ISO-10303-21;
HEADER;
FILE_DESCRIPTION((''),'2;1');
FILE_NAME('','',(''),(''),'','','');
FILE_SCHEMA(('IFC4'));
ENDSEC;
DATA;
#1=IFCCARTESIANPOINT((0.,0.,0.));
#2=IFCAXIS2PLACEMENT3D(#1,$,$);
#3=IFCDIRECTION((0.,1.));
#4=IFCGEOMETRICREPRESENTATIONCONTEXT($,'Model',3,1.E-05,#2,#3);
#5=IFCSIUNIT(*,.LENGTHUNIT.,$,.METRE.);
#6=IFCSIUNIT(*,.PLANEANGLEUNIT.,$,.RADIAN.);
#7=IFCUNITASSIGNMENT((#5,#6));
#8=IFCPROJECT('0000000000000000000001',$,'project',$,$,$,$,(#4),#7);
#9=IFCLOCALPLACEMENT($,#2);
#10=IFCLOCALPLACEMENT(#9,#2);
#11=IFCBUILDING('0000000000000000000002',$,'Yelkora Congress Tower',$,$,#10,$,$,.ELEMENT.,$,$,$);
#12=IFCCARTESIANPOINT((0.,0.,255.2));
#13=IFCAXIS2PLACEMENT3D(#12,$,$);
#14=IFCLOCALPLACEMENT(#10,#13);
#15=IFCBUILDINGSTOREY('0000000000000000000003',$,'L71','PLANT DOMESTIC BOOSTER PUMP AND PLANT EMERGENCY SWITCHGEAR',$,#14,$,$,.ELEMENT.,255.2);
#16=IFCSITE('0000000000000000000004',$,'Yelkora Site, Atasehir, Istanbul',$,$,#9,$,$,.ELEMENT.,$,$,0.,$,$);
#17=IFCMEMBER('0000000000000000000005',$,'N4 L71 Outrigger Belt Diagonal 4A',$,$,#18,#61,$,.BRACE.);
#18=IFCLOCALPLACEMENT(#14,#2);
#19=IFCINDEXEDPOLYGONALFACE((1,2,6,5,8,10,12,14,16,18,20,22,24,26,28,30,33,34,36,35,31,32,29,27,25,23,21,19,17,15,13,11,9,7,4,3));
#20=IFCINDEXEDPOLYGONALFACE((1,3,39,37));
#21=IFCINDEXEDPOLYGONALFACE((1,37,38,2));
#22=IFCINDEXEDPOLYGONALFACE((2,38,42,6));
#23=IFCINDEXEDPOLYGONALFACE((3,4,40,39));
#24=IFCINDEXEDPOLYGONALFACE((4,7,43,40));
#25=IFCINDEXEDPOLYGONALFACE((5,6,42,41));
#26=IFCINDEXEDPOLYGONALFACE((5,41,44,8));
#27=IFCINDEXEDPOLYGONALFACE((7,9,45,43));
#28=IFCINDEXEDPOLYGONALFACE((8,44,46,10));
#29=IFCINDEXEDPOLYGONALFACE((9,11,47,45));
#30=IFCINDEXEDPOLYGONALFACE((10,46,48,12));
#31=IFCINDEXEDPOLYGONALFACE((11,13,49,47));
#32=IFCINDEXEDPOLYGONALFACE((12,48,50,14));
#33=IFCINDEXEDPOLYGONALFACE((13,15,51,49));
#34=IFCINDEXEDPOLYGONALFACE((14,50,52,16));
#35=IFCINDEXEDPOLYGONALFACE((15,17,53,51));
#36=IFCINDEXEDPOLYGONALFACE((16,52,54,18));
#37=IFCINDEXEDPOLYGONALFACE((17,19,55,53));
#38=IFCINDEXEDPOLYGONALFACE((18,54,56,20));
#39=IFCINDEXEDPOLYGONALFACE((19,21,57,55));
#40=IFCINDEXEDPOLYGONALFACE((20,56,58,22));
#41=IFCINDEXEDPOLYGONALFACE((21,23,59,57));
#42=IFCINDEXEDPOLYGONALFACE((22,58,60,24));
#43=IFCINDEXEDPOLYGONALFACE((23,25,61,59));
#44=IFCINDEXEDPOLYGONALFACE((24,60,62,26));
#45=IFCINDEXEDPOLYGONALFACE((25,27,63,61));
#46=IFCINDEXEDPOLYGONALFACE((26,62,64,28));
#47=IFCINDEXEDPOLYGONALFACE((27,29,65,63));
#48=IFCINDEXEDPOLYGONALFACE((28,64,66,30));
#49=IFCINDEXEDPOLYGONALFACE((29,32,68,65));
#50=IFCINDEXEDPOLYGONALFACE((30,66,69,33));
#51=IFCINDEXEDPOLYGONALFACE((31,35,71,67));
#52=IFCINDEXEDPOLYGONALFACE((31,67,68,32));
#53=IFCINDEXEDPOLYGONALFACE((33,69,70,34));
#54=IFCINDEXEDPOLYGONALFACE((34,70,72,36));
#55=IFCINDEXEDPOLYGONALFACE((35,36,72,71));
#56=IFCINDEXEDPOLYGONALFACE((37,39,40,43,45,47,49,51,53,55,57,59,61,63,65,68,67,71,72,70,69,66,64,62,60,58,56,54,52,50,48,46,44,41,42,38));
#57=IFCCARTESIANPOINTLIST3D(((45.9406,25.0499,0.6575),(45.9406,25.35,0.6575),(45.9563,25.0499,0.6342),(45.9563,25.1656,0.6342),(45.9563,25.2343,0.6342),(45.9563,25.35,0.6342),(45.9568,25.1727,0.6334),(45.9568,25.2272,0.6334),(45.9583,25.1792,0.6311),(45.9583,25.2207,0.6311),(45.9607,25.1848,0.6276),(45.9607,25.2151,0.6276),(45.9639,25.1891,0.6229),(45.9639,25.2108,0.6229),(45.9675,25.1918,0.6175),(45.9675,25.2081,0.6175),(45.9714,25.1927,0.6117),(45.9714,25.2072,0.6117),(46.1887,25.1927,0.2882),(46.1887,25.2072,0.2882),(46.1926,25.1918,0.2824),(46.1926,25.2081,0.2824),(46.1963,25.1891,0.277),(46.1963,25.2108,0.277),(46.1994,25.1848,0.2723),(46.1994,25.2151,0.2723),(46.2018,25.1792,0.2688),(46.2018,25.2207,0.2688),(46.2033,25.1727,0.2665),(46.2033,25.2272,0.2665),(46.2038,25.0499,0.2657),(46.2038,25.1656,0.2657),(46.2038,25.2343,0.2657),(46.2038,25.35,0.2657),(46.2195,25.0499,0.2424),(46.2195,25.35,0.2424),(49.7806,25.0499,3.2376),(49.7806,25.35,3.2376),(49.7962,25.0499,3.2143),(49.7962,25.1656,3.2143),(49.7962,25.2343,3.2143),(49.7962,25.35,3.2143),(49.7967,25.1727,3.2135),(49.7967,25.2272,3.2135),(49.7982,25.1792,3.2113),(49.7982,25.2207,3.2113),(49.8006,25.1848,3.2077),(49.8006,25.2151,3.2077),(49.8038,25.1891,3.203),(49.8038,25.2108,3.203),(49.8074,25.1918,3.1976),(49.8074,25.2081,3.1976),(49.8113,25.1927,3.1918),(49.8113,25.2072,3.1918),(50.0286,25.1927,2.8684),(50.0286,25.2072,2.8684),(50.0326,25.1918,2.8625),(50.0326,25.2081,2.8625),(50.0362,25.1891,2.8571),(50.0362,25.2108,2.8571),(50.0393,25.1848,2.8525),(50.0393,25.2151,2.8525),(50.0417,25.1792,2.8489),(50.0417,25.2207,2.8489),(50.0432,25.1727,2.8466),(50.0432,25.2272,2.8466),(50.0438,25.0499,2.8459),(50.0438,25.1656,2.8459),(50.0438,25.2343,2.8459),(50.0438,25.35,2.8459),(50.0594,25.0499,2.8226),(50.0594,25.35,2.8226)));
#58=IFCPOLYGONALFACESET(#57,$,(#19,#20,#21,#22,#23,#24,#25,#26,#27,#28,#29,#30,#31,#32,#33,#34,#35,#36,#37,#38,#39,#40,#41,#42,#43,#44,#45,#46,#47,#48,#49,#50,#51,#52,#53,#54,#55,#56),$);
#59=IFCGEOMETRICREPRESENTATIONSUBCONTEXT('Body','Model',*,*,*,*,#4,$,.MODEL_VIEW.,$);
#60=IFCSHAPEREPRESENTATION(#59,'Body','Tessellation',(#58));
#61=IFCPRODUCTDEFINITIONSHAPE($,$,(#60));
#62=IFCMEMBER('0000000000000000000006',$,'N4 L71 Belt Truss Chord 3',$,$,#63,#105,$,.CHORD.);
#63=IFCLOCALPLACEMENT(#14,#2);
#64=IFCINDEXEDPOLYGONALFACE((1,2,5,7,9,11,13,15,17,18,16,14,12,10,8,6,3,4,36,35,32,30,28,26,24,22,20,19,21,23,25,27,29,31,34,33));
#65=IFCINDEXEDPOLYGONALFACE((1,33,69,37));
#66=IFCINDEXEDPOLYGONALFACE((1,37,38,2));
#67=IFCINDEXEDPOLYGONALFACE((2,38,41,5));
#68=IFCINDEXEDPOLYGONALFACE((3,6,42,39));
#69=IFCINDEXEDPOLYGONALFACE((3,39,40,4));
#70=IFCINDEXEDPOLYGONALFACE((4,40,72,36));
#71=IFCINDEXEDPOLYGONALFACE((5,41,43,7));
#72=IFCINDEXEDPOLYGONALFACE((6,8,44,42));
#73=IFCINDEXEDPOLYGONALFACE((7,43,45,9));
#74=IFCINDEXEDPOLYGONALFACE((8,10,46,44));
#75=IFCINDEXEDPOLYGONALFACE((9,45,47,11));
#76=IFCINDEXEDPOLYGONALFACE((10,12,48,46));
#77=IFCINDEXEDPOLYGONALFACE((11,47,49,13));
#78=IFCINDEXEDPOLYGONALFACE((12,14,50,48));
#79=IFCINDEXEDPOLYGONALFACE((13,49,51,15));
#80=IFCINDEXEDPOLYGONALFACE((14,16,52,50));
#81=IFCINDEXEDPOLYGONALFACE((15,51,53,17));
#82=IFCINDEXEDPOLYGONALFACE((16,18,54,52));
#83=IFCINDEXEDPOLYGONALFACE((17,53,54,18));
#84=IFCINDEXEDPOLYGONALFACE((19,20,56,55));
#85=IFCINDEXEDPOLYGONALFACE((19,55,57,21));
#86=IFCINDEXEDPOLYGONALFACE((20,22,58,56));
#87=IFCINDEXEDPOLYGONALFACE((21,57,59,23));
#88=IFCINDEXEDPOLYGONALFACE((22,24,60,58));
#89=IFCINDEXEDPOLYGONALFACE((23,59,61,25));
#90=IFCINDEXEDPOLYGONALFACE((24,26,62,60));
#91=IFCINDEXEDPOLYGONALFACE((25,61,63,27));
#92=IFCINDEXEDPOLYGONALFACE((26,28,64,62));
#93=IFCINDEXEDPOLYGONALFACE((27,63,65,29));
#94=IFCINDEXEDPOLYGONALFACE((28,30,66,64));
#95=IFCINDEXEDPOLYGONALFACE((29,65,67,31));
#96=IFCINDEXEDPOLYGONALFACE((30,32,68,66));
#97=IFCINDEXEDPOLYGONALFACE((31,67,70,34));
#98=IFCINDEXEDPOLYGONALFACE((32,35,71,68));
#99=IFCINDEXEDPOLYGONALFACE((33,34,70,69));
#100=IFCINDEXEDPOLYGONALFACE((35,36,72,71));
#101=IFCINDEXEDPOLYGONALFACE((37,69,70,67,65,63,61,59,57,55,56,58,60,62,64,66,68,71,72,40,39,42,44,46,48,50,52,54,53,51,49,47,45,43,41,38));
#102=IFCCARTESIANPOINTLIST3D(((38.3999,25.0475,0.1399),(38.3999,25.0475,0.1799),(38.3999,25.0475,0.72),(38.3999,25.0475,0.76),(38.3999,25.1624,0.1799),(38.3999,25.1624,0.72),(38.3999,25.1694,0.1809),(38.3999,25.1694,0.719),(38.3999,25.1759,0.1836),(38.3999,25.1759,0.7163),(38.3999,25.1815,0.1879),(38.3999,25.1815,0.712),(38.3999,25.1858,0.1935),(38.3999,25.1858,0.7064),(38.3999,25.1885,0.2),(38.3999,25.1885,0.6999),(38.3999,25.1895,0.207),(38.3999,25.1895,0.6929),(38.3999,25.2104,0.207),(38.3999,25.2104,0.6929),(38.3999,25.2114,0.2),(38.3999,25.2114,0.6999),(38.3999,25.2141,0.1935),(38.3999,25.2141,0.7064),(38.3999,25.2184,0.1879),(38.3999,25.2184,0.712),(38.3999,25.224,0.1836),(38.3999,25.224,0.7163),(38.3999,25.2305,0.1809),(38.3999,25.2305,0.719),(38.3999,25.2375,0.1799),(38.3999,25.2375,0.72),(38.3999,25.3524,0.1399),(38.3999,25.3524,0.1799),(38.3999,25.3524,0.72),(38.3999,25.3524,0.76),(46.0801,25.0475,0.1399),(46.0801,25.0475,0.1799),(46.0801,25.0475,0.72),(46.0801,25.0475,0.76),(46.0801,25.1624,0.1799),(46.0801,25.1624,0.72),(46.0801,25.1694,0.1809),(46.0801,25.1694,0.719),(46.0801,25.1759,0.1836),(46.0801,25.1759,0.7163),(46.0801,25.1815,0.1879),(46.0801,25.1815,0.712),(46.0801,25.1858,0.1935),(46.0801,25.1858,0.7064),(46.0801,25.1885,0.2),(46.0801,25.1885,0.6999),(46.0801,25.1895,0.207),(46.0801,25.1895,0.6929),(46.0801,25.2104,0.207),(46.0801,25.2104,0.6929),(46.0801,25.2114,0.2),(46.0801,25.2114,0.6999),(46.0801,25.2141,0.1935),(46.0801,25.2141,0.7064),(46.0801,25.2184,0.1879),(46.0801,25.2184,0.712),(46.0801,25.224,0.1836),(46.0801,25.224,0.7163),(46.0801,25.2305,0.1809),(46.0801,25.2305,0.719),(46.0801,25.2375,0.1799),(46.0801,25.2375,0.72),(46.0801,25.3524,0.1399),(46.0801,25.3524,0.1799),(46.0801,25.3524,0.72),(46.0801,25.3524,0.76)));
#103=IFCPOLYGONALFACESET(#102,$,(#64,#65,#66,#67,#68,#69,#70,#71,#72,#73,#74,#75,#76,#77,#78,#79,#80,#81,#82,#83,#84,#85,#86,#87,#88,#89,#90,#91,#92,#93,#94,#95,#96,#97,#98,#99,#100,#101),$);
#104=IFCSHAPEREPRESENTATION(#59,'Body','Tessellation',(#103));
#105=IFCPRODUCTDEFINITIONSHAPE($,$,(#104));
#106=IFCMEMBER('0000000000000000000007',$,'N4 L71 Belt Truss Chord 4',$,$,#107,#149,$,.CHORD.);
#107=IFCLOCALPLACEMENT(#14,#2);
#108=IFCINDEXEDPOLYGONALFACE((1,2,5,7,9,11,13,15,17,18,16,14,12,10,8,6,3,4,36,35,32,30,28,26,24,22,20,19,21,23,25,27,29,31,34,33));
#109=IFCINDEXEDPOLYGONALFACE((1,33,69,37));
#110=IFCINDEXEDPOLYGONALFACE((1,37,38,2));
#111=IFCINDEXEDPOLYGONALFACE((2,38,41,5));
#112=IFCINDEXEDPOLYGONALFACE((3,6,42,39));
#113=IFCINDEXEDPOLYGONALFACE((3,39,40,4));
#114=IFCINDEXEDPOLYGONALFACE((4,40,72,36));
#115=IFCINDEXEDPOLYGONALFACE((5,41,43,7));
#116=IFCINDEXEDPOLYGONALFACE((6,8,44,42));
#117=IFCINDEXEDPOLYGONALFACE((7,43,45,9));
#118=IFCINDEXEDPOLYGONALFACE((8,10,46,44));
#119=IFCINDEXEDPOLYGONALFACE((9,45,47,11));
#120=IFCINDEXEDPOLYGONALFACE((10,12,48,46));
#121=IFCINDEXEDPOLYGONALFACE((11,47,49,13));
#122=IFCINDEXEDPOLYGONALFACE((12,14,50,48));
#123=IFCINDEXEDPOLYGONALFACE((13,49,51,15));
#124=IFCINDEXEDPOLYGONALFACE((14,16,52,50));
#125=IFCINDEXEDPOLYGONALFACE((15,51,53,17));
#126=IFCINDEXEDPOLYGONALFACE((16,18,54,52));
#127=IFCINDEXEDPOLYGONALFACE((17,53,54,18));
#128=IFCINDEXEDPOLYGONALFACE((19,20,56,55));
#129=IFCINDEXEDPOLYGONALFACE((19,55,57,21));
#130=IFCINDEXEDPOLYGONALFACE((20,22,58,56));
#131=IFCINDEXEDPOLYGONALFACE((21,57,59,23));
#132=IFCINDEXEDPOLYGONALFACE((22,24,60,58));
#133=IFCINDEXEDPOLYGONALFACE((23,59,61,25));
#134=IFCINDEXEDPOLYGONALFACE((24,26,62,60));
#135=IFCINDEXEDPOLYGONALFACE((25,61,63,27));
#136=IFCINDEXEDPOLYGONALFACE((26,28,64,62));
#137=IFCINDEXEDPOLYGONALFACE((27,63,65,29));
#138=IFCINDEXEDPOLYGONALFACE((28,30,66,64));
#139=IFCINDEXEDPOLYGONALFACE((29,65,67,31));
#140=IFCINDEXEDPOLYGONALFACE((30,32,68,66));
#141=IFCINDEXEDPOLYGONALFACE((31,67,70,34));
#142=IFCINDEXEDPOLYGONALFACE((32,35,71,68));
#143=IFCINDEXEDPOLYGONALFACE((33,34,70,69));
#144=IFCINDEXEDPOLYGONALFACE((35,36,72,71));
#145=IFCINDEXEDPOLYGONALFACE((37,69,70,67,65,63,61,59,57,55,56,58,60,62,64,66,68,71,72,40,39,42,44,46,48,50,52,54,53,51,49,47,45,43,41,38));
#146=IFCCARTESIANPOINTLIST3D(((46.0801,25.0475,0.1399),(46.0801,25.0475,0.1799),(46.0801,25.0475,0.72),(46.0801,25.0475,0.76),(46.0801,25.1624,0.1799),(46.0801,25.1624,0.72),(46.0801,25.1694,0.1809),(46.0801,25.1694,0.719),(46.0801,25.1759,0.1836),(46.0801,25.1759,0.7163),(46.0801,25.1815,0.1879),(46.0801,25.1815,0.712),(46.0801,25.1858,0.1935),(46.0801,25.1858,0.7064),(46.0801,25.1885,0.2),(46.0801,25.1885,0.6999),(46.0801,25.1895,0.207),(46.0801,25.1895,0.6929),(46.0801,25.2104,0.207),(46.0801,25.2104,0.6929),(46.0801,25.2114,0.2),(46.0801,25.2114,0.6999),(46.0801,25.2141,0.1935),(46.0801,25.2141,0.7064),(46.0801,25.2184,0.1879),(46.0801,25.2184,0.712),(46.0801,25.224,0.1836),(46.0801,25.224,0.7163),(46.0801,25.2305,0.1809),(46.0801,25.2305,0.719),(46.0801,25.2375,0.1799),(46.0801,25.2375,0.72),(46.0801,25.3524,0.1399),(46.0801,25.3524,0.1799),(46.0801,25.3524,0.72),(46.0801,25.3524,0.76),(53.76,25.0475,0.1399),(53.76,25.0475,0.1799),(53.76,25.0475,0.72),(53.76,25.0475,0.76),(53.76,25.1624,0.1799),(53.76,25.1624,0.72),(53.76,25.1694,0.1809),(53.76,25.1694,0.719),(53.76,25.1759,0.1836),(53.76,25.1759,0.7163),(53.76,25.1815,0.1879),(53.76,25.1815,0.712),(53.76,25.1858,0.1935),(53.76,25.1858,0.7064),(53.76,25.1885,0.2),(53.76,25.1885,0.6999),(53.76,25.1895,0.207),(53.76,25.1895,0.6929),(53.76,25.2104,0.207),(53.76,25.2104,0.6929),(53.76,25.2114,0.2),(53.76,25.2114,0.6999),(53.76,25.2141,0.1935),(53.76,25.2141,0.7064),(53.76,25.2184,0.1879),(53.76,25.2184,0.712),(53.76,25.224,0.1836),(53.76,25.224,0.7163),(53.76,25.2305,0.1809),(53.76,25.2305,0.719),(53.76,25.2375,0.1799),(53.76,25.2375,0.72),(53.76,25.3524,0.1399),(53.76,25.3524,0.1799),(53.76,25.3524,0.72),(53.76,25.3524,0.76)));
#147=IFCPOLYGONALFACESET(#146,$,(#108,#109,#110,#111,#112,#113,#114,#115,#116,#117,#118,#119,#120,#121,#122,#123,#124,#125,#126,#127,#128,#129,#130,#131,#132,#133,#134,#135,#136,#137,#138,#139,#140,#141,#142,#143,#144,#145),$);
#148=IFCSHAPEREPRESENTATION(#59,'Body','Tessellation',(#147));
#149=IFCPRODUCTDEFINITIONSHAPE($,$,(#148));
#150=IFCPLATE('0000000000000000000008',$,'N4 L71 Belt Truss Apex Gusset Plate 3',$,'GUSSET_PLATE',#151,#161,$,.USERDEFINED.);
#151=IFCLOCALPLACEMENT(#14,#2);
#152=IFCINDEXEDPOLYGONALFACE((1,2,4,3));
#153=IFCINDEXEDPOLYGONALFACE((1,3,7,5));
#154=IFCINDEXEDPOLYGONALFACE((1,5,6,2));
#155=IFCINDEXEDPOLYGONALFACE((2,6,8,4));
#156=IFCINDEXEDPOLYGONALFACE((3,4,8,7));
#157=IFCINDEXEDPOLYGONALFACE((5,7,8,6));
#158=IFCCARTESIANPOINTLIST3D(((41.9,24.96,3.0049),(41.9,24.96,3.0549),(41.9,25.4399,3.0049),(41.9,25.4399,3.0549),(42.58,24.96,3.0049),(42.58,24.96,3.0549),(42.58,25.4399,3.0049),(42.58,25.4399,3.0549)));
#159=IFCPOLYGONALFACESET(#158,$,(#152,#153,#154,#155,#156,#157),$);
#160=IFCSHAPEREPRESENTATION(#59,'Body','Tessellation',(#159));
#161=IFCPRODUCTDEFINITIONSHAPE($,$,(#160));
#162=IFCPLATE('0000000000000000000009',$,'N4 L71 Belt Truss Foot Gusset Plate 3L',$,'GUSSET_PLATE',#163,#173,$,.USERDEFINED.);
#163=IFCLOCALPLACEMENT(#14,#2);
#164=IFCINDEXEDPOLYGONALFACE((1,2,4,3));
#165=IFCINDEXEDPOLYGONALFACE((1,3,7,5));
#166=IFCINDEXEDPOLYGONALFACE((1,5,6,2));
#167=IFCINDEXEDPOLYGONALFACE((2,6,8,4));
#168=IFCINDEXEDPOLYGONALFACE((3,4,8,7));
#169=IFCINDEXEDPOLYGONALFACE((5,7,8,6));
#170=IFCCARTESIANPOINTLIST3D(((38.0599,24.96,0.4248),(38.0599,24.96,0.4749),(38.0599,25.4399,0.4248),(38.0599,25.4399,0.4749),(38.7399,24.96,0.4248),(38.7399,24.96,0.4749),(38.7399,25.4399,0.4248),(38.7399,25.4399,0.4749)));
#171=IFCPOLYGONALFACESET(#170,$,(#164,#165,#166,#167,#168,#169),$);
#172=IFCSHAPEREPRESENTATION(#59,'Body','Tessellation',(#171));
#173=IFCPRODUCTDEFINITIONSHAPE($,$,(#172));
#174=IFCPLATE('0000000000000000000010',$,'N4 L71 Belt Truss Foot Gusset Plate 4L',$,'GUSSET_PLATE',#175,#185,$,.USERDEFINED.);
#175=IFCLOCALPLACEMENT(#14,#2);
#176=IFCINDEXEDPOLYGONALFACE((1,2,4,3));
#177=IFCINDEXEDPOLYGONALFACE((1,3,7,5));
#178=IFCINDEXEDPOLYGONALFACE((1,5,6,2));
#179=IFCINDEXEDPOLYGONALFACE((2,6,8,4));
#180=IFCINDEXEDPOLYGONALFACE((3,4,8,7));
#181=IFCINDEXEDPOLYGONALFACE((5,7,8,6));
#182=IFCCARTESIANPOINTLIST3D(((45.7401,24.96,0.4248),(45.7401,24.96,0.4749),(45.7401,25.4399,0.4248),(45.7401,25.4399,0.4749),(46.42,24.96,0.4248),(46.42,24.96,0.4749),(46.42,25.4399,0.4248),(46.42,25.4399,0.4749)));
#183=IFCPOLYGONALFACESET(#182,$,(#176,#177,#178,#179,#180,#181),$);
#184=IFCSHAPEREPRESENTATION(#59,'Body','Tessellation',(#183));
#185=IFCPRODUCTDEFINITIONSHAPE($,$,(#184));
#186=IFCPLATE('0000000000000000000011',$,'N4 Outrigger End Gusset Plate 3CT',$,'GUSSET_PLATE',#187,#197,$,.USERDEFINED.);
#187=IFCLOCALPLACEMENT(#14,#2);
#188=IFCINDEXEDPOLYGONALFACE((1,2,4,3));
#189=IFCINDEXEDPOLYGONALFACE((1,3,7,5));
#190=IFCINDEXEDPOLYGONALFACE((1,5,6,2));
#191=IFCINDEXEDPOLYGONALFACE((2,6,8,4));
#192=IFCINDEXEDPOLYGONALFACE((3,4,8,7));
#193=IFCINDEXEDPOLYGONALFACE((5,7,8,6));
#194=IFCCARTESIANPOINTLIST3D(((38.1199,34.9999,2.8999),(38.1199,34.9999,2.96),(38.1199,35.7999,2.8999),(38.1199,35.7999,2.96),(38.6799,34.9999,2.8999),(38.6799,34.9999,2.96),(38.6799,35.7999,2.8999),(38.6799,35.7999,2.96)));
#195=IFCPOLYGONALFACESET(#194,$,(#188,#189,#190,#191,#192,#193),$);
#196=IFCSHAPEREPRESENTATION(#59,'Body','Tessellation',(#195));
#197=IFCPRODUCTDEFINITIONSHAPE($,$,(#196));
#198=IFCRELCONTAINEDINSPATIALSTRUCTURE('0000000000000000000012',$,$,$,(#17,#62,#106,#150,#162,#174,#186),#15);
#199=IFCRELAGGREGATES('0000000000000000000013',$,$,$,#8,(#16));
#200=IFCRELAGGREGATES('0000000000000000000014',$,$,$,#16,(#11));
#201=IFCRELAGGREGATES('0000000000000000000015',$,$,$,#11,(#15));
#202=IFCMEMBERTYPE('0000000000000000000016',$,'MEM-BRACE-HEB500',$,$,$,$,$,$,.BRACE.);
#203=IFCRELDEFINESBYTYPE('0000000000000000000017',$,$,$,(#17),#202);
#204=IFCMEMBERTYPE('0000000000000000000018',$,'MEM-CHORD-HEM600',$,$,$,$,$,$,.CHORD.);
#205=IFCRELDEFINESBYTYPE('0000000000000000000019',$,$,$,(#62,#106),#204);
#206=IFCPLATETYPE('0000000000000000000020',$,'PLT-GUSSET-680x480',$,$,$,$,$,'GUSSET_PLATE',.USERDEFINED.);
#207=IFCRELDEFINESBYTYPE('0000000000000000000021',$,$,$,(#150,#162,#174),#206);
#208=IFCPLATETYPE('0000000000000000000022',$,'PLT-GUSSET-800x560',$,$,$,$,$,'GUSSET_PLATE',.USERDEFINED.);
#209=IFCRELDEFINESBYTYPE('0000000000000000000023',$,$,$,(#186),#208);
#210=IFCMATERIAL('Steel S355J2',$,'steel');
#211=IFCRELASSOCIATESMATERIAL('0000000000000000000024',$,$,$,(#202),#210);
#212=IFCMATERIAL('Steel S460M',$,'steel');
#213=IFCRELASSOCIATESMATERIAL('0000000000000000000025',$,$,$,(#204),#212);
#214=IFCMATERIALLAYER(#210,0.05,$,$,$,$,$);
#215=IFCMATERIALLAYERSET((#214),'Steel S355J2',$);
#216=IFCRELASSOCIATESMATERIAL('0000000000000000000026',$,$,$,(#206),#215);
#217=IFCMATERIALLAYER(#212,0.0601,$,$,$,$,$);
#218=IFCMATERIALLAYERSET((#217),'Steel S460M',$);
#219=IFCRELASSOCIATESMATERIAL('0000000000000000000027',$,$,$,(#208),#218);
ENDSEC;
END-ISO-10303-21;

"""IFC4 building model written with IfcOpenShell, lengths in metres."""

from ifc_helpers import new_model, si_unit, direction, frame, origin, origin_2d, place, context, subcontext, project, spatial, rectangle, i_section, extrude, material, layer, layer_set, material_profile, profile_set, type_object, element, save


model = new_model("IFC4")

# Units and contexts
model_context = context("Model", 3, precision=1e-05, world=origin(), true_north=direction((0.0, 1.0)))
body_context = subcontext(model_context, "Body", "Model", "MODEL_VIEW")
ifc_project = project(units=[si_unit("LENGTHUNIT", "METRE"), si_unit("PLANEANGLEUNIT", "RADIAN")], contexts=[model_context])

# Site, building, storey
site_placement = place(None, origin())
site = spatial("IfcSite", under=ifc_project, at=site_placement, Name="Yelkora Site, Atasehir, Istanbul", CompositionType="ELEMENT", RefElevation=0.0)
building_placement = place(site_placement, origin())
building = spatial("IfcBuilding", under=site, at=building_placement, Name="Yelkora Congress Tower", CompositionType="ELEMENT")
storey_placement = place(building_placement, frame((0.0, 0.0, 255.2)))
storey = spatial("IfcBuildingStorey", under=building, at=storey_placement, Name="L71", Description="PLANT DOMESTIC BOOSTER PUMP AND PLANT EMERGENCY SWITCHGEAR", CompositionType="ELEMENT", Elevation=255.2)

# Shared definitions
ifc_material_1 = material(Name="Steel S460M", Category="steel")

# Members
ifc_material_2 = material(Name="Steel S355J2", Category="steel")
ifc_material_profile_1 = material_profile(ifc_material_2, i_section(OverallWidth=0.3, OverallDepth=0.5, WebThickness=0.0144, FlangeThickness=0.0281, FilletRadius=0.0271, at=origin_2d()), Name="HEB 500")
ifc_profile_set_1 = profile_set([ifc_material_profile_1], Name="Steel S355J2")
member_type_1 = type_object("IfcMemberType", Name="MEM-BRACE-HEB500", PredefinedType="BRACE", material=ifc_profile_set_1)
member_1_placement = place(storey_placement, frame((46.0801, 25.2, 0.45), z_axis=(0.830031, 0.0, 0.557717), x_axis=(0.0, 1.0, 0.0)))
element("IfcMember", 1, at=member_1_placement, inside=storey, type_object=member_type_1, Name="N4 L71 Outrigger Belt Diagonal 4A", PredefinedType="BRACE", context=body_context, shape_type="SweptSolid", body=[
    extrude(i_section(OverallWidth=0.3, OverallDepth=0.5, WebThickness=0.0144, FlangeThickness=0.0281, FilletRadius=0.0271, at=origin_2d()), origin(), (0.0, 0.0, 1.0), 4.6262),
])
ifc_material_profile_2 = material_profile(ifc_material_1, i_section(OverallWidth=0.3049, OverallDepth=0.6201, WebThickness=0.021, FlangeThickness=0.04, FilletRadius=0.0271, at=origin_2d()), Name="HEM 600")
ifc_profile_set_2 = profile_set([ifc_material_profile_2], Name="Steel S460M")
member_type_2 = type_object("IfcMemberType", Name="MEM-CHORD-HEM600", PredefinedType="CHORD", material=ifc_profile_set_2)
member_2_placement = place(storey_placement, frame((38.3999, 25.2, 0.45), z_axis=(1.0, 0.0, 0.0), x_axis=(0.0, 1.0, 0.0)))
element("IfcMember", 2, at=member_2_placement, inside=storey, type_object=member_type_2, Name="N4 L71 Belt Truss Chord 3", PredefinedType="CHORD", context=body_context, shape_type="SweptSolid", body=[
    extrude(i_section(OverallWidth=0.3049, OverallDepth=0.6201, WebThickness=0.021, FlangeThickness=0.04, FilletRadius=0.0271, at=origin_2d()), origin(), (0.0, 0.0, 1.0), 7.6802),
])
member_3_placement = place(storey_placement, frame((46.0801, 25.2, 0.45), z_axis=(1.0, 0.0, 0.0), x_axis=(0.0, 1.0, 0.0)))
element("IfcMember", 3, at=member_3_placement, inside=storey, type_object=member_type_2, Name="N4 L71 Belt Truss Chord 4", PredefinedType="CHORD", context=body_context, shape_type="SweptSolid", body=[
    extrude(i_section(OverallWidth=0.3049, OverallDepth=0.6201, WebThickness=0.021, FlangeThickness=0.04, FilletRadius=0.0271, at=origin_2d()), origin(), (0.0, 0.0, 1.0), 7.6799),
])

# Plates
ifc_layer_1 = layer(ifc_material_2, 0.05)
ifc_layer_set_1 = layer_set([ifc_layer_1], Name="Steel S355J2")
plate_type_1 = type_object("IfcPlateType", Name="PLT-GUSSET-680x480", ElementType="GUSSET_PLATE", PredefinedType="USERDEFINED", material=ifc_layer_set_1)
for number, where, z_axis, x_axis, name in (
    (4, (42.24, 25.2, 3.0049), (0.0, 0.0, 1.0), (1.0, 0.0, 0.0), "N4 L71 Belt Truss Apex Gusset Plate 3"),
    (5, (38.3999, 25.2, 0.4248), (0.0, 0.0, 1.0), (1.0, 0.0, 0.0), "N4 L71 Belt Truss Foot Gusset Plate 3L"),
    (6, (46.0801, 25.2, 0.4248), (0.0, 0.0, 1.0), (1.0, 0.0, 0.0), "N4 L71 Belt Truss Foot Gusset Plate 4L"),
):
    element("IfcPlate", number, at=place(storey_placement, frame(where, z_axis=z_axis, x_axis=x_axis)), inside=storey, type_object=plate_type_1, Name=name, ObjectType="GUSSET_PLATE", PredefinedType="USERDEFINED", context=body_context, shape_type="SweptSolid", body=[
        extrude(rectangle(XDim=0.6799, YDim=0.48, at=origin_2d()), origin(), (0.0, 0.0, 1.0), 0.05),
    ])
ifc_layer_2 = layer(ifc_material_1, 0.0601)
ifc_layer_set_2 = layer_set([ifc_layer_2], Name="Steel S460M")
plate_type_2 = type_object("IfcPlateType", Name="PLT-GUSSET-800x560", ElementType="GUSSET_PLATE", PredefinedType="USERDEFINED", material=ifc_layer_set_2)
for number, where, z_axis, x_axis, name in (
    (7, (38.3999, 35.3999, 2.8999), (0.0, 0.0, 1.0), (0.0, 1.0, 0.0), "N4 Outrigger End Gusset Plate 3CT"),
):
    element("IfcPlate", number, at=place(storey_placement, frame(where, z_axis=z_axis, x_axis=x_axis)), inside=storey, type_object=plate_type_2, Name=name, ObjectType="GUSSET_PLATE", PredefinedType="USERDEFINED", context=body_context, shape_type="SweptSolid", body=[
        extrude(rectangle(XDim=0.8, YDim=0.5601, at=origin_2d()), origin(), (0.0, 0.0, 1.0), 0.0601),
    ])

save(model, "model.ifc")
